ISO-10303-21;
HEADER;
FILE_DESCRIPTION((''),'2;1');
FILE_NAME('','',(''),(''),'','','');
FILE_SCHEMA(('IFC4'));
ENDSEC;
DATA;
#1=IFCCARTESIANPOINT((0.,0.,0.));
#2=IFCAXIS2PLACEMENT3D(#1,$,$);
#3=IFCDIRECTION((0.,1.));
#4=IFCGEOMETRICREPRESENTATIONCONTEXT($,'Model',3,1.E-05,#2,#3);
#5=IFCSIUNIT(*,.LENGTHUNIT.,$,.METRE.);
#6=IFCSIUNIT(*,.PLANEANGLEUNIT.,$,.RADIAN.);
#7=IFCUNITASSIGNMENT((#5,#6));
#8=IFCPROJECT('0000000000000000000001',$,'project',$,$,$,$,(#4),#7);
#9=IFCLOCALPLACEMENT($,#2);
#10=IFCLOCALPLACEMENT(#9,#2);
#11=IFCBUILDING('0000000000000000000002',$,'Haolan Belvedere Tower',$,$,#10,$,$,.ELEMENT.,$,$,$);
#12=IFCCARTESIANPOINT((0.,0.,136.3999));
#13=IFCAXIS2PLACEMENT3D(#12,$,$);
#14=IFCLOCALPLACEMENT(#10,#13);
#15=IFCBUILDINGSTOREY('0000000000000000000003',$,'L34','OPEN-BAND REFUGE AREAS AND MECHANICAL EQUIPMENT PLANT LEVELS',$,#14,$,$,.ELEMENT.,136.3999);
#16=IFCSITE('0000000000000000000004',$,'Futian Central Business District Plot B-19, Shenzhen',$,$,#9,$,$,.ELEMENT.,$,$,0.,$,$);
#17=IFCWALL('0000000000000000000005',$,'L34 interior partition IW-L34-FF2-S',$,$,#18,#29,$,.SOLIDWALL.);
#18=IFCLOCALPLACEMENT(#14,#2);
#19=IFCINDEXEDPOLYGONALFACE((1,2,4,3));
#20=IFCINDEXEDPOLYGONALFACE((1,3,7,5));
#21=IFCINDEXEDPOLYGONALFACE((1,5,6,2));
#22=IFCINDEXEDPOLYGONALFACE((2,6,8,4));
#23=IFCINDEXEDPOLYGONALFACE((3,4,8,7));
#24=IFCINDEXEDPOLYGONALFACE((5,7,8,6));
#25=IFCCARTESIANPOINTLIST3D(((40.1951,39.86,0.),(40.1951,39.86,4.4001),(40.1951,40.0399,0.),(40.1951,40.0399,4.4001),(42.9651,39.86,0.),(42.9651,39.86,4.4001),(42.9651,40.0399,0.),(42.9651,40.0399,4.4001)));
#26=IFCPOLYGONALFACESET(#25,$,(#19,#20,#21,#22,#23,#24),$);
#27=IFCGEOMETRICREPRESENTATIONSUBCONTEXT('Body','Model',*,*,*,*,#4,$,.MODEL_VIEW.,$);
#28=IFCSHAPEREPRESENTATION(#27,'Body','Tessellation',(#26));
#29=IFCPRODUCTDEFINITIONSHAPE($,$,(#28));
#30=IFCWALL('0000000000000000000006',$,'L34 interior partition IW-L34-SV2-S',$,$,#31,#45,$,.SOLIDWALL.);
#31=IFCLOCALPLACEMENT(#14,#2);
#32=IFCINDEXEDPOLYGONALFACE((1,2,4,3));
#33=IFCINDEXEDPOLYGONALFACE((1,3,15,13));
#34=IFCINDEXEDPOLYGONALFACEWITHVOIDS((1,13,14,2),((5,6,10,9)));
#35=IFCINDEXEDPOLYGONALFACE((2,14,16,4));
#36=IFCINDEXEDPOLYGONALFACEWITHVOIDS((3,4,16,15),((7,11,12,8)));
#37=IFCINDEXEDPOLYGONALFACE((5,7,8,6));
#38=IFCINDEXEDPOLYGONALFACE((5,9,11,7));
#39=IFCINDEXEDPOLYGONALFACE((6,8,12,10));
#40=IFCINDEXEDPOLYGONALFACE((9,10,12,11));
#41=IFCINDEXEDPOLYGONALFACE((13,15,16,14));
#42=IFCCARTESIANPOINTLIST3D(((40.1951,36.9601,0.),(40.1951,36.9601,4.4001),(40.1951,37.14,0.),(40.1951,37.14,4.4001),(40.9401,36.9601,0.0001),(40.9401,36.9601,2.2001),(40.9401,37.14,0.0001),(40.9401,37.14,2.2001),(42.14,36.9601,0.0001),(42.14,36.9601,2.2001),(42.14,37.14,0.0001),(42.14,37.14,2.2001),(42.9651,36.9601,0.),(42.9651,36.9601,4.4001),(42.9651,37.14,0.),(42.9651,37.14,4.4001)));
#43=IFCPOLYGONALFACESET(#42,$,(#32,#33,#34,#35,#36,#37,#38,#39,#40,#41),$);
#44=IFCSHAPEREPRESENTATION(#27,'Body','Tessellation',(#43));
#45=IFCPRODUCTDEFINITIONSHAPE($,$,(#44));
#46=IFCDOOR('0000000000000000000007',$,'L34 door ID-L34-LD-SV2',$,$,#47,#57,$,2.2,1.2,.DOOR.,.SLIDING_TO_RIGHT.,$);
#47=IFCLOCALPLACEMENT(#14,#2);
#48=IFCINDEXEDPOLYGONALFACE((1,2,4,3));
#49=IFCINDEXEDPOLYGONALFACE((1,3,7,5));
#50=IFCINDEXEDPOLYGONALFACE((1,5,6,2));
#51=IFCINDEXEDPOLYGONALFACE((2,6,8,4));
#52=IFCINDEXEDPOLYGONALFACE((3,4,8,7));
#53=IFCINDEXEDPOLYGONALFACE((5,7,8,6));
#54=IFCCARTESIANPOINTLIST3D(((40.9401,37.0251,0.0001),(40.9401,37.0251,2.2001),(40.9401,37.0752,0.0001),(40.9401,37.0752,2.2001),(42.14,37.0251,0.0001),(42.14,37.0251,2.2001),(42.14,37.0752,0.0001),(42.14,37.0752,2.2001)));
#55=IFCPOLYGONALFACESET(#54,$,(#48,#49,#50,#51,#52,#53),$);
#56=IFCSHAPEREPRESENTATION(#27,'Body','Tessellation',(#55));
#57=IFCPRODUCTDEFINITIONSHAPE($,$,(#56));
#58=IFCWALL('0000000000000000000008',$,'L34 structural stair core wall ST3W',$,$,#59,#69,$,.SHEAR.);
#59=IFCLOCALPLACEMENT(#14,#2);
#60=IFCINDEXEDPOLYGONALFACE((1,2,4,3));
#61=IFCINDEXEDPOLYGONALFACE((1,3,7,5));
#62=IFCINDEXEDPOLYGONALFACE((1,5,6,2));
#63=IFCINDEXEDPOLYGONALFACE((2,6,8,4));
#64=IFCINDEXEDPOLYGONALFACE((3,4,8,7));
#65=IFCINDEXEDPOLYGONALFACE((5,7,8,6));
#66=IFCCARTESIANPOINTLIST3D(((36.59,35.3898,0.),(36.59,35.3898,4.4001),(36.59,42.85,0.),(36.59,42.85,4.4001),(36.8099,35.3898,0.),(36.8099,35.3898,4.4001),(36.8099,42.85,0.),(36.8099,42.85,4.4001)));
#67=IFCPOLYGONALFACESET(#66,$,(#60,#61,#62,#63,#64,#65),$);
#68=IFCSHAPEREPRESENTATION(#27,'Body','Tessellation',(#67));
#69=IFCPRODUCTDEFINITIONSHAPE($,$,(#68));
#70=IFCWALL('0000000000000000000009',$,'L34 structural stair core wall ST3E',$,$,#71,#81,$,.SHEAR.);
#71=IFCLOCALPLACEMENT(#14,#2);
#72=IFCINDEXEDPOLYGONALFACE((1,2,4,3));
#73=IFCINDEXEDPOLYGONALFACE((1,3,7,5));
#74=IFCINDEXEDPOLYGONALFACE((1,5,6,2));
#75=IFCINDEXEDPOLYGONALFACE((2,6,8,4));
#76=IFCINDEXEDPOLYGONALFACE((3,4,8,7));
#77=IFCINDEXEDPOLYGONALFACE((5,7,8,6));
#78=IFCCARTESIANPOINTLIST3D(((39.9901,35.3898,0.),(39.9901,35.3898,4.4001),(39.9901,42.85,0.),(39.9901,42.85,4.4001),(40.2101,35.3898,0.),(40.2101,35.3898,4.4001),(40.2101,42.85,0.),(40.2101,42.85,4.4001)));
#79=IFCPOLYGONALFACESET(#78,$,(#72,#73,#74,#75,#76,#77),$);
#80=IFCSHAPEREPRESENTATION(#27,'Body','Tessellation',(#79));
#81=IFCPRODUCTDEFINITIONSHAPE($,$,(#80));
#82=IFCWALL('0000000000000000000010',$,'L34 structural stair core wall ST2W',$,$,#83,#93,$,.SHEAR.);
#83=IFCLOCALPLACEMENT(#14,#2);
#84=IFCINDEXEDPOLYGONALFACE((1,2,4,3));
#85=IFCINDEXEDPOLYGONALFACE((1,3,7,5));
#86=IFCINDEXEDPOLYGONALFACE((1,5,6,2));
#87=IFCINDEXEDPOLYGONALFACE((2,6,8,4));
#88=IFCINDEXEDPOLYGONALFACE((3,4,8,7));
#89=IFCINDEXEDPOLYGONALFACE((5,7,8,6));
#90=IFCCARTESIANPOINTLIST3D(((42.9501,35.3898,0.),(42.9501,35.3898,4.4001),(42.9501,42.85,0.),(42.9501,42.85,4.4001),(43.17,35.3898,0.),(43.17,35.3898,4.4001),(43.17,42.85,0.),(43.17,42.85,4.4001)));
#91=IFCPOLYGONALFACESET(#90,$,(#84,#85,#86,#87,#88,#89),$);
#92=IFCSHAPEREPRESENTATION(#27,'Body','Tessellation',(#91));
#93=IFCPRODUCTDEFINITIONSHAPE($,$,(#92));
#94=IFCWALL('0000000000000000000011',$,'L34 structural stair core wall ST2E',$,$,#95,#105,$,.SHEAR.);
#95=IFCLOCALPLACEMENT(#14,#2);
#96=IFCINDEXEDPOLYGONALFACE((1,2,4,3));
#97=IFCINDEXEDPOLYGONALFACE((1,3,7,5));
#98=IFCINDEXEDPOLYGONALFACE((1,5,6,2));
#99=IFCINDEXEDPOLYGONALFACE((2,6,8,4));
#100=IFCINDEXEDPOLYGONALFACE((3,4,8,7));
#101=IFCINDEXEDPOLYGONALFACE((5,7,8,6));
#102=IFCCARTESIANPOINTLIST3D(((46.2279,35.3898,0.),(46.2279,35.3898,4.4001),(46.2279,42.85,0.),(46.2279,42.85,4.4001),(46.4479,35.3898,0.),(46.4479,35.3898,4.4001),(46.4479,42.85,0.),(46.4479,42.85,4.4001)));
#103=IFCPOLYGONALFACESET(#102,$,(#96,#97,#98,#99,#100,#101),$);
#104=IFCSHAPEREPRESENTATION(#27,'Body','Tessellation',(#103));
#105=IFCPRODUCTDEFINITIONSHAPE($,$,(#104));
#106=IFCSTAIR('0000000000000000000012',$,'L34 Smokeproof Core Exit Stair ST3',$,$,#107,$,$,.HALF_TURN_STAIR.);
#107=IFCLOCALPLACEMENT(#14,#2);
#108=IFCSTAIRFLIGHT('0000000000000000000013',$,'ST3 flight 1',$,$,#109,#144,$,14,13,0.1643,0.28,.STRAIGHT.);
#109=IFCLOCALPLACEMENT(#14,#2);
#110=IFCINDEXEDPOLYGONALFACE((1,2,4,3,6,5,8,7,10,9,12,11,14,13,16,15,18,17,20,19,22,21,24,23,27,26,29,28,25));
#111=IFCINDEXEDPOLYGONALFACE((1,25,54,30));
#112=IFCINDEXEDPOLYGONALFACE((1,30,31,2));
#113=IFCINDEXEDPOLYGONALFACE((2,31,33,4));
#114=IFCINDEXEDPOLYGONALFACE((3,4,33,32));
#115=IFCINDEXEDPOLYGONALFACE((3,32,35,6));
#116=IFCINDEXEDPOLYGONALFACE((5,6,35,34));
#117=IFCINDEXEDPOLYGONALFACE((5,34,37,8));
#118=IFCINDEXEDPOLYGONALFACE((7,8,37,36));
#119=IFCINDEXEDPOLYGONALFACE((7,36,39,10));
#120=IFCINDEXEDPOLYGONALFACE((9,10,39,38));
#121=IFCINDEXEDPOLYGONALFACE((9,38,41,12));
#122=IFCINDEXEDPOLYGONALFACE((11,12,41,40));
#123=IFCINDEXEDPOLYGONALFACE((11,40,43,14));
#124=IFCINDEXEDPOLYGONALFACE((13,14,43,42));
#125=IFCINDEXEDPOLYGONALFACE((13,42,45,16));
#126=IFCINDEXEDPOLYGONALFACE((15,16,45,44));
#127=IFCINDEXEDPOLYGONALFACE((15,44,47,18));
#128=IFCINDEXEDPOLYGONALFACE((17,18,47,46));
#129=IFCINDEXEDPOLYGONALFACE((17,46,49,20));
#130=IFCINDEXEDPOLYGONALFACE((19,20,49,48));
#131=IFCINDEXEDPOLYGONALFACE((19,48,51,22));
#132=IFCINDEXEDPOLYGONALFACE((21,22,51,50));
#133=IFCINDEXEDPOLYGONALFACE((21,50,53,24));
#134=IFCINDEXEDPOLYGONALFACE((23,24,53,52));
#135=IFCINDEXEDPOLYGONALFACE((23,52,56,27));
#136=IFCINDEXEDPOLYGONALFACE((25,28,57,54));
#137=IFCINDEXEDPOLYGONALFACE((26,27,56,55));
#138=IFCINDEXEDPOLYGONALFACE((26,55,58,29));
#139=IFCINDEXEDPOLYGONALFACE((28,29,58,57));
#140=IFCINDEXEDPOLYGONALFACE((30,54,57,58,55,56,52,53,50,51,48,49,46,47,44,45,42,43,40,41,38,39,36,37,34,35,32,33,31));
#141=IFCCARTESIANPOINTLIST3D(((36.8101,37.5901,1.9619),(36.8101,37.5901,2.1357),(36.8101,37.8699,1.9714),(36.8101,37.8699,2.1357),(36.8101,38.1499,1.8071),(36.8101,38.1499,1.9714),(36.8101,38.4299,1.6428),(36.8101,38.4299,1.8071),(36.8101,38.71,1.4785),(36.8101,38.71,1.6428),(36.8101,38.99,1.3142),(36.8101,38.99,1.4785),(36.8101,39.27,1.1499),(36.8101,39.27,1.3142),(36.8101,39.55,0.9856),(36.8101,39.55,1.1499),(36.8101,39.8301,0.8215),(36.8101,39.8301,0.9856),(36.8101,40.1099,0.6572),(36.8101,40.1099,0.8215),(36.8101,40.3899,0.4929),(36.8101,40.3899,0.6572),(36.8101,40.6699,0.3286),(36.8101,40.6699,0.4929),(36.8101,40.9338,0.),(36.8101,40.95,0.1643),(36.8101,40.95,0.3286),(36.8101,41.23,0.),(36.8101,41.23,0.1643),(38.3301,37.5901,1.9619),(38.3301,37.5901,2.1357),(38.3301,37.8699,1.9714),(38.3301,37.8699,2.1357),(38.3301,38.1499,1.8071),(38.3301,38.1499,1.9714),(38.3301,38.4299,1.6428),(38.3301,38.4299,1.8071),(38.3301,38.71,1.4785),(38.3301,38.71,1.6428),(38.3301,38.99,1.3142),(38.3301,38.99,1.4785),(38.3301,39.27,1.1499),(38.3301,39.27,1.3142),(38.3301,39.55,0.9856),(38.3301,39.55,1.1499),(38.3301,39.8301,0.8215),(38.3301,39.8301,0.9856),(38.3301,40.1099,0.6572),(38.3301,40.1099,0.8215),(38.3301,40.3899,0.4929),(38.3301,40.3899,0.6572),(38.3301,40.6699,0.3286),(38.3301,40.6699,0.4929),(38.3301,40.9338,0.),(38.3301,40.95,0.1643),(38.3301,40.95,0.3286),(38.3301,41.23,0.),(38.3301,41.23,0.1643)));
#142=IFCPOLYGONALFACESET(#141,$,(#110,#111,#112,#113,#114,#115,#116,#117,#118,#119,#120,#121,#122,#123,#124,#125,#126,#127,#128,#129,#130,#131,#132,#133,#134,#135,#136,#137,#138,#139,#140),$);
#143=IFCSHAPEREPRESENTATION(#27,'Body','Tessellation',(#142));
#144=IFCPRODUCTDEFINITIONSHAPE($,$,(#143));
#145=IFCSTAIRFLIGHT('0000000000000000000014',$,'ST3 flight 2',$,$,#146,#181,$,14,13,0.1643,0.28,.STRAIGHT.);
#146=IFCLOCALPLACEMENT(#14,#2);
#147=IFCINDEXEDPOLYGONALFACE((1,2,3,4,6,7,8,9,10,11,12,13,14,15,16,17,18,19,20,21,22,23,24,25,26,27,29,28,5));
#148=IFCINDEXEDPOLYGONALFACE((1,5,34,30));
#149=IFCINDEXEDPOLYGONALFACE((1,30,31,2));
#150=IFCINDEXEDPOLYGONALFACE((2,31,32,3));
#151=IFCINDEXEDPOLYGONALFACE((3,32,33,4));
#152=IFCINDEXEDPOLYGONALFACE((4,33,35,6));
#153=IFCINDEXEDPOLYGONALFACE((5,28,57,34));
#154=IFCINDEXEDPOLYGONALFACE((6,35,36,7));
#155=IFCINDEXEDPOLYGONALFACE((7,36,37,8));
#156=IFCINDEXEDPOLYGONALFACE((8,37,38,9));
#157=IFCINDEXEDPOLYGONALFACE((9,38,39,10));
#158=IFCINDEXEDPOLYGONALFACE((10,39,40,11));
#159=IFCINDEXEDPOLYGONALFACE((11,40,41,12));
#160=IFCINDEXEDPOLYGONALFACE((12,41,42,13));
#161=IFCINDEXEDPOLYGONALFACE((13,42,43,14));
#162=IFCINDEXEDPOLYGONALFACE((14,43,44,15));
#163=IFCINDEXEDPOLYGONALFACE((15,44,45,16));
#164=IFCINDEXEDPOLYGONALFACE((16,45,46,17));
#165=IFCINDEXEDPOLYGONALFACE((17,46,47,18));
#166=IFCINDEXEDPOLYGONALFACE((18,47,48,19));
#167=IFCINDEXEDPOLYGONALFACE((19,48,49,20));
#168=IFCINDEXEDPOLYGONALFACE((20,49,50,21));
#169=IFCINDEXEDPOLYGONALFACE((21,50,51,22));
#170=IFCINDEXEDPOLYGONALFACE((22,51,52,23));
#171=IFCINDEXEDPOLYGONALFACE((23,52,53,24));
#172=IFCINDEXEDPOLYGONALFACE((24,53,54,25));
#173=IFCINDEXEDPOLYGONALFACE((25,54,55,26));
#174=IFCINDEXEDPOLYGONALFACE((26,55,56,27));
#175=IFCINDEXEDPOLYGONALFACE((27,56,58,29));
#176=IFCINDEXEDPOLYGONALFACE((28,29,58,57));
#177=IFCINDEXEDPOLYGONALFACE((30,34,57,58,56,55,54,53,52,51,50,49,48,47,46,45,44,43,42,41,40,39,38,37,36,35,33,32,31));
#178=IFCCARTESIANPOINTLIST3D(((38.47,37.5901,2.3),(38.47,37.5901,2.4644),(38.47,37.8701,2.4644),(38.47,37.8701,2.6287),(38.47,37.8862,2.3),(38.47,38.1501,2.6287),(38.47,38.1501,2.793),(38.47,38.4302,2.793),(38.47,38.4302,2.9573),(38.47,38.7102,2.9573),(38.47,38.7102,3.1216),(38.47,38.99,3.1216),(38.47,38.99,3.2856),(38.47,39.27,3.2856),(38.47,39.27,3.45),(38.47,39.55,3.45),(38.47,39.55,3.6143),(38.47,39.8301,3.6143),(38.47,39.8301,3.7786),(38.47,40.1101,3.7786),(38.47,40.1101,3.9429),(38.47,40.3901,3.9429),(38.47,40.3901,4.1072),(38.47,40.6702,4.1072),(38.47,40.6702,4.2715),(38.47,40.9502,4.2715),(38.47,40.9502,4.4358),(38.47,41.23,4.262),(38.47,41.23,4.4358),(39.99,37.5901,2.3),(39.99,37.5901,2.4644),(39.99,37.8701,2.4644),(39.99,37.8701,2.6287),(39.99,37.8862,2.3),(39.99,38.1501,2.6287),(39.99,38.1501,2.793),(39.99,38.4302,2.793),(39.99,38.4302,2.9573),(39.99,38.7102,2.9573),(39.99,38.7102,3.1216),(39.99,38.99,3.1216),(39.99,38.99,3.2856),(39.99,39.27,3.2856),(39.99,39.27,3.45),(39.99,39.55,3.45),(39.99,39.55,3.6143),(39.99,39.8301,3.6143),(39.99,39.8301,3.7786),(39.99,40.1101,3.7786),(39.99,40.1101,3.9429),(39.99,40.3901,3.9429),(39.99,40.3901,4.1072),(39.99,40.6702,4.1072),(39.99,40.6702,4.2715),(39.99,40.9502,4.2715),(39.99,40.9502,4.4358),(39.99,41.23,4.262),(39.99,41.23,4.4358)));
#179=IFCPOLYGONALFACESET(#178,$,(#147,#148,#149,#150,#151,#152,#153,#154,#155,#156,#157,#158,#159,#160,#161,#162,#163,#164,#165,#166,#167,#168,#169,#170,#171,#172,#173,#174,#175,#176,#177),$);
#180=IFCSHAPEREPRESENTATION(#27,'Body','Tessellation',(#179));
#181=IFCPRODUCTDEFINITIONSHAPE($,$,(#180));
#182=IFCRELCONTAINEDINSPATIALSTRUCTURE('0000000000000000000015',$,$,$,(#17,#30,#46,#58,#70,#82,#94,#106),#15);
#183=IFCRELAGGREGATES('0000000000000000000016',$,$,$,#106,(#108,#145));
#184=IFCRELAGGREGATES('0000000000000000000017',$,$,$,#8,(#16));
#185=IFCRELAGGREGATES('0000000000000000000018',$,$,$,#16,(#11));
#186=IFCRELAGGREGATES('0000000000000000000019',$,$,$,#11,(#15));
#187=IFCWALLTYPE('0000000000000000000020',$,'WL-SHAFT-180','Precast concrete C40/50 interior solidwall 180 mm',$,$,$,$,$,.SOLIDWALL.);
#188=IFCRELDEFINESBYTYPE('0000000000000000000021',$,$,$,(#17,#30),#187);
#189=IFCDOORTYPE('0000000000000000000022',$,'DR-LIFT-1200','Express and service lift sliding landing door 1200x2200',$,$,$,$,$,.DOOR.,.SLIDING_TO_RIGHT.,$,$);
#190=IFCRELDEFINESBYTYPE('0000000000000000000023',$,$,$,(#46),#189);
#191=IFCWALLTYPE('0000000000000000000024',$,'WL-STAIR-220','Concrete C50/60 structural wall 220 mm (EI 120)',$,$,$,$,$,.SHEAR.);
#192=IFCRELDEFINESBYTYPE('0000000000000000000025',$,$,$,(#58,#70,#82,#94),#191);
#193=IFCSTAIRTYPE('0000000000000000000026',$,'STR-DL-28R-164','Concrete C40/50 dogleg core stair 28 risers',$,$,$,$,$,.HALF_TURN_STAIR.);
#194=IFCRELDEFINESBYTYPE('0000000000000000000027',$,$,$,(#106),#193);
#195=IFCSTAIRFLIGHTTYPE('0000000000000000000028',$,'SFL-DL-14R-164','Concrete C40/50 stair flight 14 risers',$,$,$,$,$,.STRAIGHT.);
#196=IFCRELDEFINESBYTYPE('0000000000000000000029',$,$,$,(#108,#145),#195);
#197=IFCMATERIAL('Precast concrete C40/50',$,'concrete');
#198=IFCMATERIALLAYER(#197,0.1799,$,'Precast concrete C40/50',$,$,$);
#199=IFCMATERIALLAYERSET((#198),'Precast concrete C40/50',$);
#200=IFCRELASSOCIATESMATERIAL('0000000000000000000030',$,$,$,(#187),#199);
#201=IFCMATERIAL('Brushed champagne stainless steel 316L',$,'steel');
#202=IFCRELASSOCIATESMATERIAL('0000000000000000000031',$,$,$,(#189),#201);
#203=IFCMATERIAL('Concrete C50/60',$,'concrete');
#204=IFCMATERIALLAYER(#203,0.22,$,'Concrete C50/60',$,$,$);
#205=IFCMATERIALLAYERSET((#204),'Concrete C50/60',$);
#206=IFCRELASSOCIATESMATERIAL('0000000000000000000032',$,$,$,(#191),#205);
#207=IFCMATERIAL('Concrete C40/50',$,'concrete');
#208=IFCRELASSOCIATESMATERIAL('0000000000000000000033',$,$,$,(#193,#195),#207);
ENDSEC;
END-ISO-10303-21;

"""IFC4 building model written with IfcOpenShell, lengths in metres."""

from ifc_helpers import new_model, si_unit, direction, frame, frame_2d, origin, place, context, subcontext, project, spatial, polyline, rectangle, outline, extrude, material, layer, layer_set, type_object, element, fill, aggregate, save


model = new_model("IFC4")

# Units and contexts
model_context = context("Model", 3, precision=1e-05, world=origin(), true_north=direction((0.0, 1.0)))
body_context = subcontext(model_context, "Body", "Model", "MODEL_VIEW")
ifc_project = project(units=[si_unit("LENGTHUNIT", "METRE"), si_unit("PLANEANGLEUNIT", "RADIAN")], contexts=[model_context])

# Site, building, storey
site_placement = place(None, origin())
site = spatial("IfcSite", under=ifc_project, at=site_placement, Name="Futian Central Business District Plot B-19, Shenzhen", CompositionType="ELEMENT", RefElevation=0.0)
building_placement = place(site_placement, origin())
building = spatial("IfcBuilding", under=site, at=building_placement, Name="Haolan Belvedere Tower", CompositionType="ELEMENT")
storey_placement = place(building_placement, frame((0.0, 0.0, 136.3999)))
storey = spatial("IfcBuildingStorey", under=building, at=storey_placement, Name="L34", Description="OPEN-BAND REFUGE AREAS AND MECHANICAL EQUIPMENT PLANT LEVELS", CompositionType="ELEMENT", Elevation=136.3999)

# Wall
ifc_material_1 = material(Name="Precast concrete C40/50", Category="concrete")
ifc_layer_1 = layer(ifc_material_1, 0.1799, Name="Precast concrete C40/50")
ifc_layer_set_1 = layer_set([ifc_layer_1], Name="Precast concrete C40/50")
wall_type_1 = type_object("IfcWallType", Name="WL-SHAFT-180", Description="Precast concrete C40/50 interior solidwall 180 mm", PredefinedType="SOLIDWALL", material=ifc_layer_set_1)
wall_1_placement = place(storey_placement, frame((40.1951, 39.95, 0.0), z_axis=(0.0, 0.0, 1.0), x_axis=(1.0, 0.0, 0.0)))
element("IfcWall", 1, at=wall_1_placement, inside=storey, type_object=wall_type_1, Name="L34 interior partition IW-L34-FF2-S", PredefinedType="SOLIDWALL", context=body_context, shape_type="SweptSolid", body=[
    extrude(rectangle(XDim=2.77, YDim=0.1799, at=frame_2d((1.385, 0.0))), origin(), (0.0, 0.0, 1.0), 4.4001),
])

# Wall, opening, door
wall_2_placement = place(storey_placement, frame((40.1951, 37.05, 0.0), z_axis=(0.0, 0.0, 1.0), x_axis=(1.0, 0.0, 0.0)))
wall_2 = element("IfcWall", 2, at=wall_2_placement, inside=storey, type_object=wall_type_1, Name="L34 interior partition IW-L34-SV2-S", PredefinedType="SOLIDWALL", context=body_context, shape_type="SweptSolid", body=[
    extrude(rectangle(XDim=2.77, YDim=0.1799, at=frame_2d((1.385, 0.0))), origin(), (0.0, 0.0, 1.0), 4.4001),
])
opening_placement = place(wall_2_placement, frame((1.9451, 0.0, 0.0), z_axis=(0.0, 0.0, 1.0), x_axis=(-1.0, 0.0, 0.0)))
opening = element("IfcOpeningElement", 3, at=opening_placement, cuts=wall_2, PredefinedType="OPENING", context=body_context, shape_type="SweptSolid", body=[
    extrude(rectangle(XDim=1.2, YDim=2.2, at=frame_2d((0.6001, 1.1001))), frame((0.0, 0.0999, 0.0), z_axis=(0.0, -1.0, 0.0), x_axis=(1.0, 0.0, 0.0)), (0.0, 0.0, 1.0), 0.2),
])
ifc_material_2 = material(Name="Brushed champagne stainless steel 316L", Category="steel")
door_type = type_object("IfcDoorType", Name="DR-LIFT-1200", Description="Express and service lift sliding landing door 1200x2200", OperationType="SLIDING_TO_RIGHT", PredefinedType="DOOR", material=ifc_material_2)
door_placement = place(opening_placement, origin())
door = element("IfcDoor", 4, at=door_placement, inside=storey, type_object=door_type, Name="L34 door ID-L34-LD-SV2", OperationType="SLIDING_TO_RIGHT", OverallHeight=2.2, OverallWidth=1.2, PredefinedType="DOOR", context=body_context, shape_type="SweptSolid", body=[
    extrude(rectangle(XDim=1.2, YDim=2.2, at=frame_2d((0.6001, 1.1001))), frame((0.0, 0.0249, 0.0), z_axis=(0.0, -1.0, 0.0), x_axis=(1.0, 0.0, 0.0)), (0.0, 0.0, 1.0), 0.05),
])
fill(opening, door)

# Walls
ifc_material_3 = material(Name="Concrete C50/60", Category="concrete")
ifc_layer_2 = layer(ifc_material_3, 0.22, Name="Concrete C50/60")
ifc_layer_set_2 = layer_set([ifc_layer_2], Name="Concrete C50/60")
wall_type_2 = type_object("IfcWallType", Name="WL-STAIR-220", Description="Concrete C50/60 structural wall 220 mm (EI 120)", PredefinedType="SHEAR", material=ifc_layer_set_2)
for number, where, z_axis, x_axis, name in (
    (5, (36.7, 35.3899, 0.0), (0.0, 0.0, 1.0), (0.0, 1.0, 0.0), "L34 structural stair core wall ST3W"),
    (6, (40.1001, 35.3899, 0.0), (0.0, 0.0, 1.0), (0.0, 1.0, 0.0), "L34 structural stair core wall ST3E"),
    (7, (43.0601, 35.3899, 0.0), (0.0, 0.0, 1.0), (0.0, 1.0, 0.0), "L34 structural stair core wall ST2W"),
    (8, (46.3379, 35.3899, 0.0), (0.0, 0.0, 1.0), (0.0, 1.0, 0.0), "L34 structural stair core wall ST2E"),
):
    element("IfcWall", number, at=place(storey_placement, frame(where, z_axis=z_axis, x_axis=x_axis)), inside=storey, type_object=wall_type_2, Name=name, PredefinedType="SHEAR", context=body_context, shape_type="SweptSolid", body=[
        extrude(rectangle(XDim=7.4602, YDim=0.22, at=frame_2d((3.73, 0.0))), origin(), (0.0, 0.0, 1.0), 4.4001),
    ])

# Stair, stair flights
ifc_material_4 = material(Name="Concrete C40/50", Category="concrete")
stair_type = type_object("IfcStairType", Name="STR-DL-28R-164", Description="Concrete C40/50 dogleg core stair 28 risers", PredefinedType="HALF_TURN_STAIR", material=ifc_material_4)
stair_1_placement = place(storey_placement, origin())
stair_1 = element("IfcStair", 9, at=stair_1_placement, inside=storey, type_object=stair_type, Name="L34 Smokeproof Core Exit Stair ST3", PredefinedType="HALF_TURN_STAIR")
stair_flight_type = type_object("IfcStairFlightType", Name="SFL-DL-14R-164", Description="Concrete C40/50 stair flight 14 risers", PredefinedType="STRAIGHT", material=ifc_material_4)
stair_flight_1_placement = place(storey_placement, frame((37.5701, 41.23, 0.0), z_axis=(0.0, 0.0, 1.0), x_axis=(0.0, -1.0, 0.0)))
stair_flight_1 = element("IfcStairFlight", 10, at=stair_flight_1_placement, type_object=stair_flight_type, Name="ST3 flight 1", NumberOfRisers=14, NumberOfTreads=13, PredefinedType="STRAIGHT", RiserHeight=0.1643, TreadLength=0.28, context=body_context, shape_type="SweptSolid", body=[
    extrude(outline(polyline([(0.0, 0.0), (0.0, 0.1643), (0.28, 0.1643), (0.28, 0.3286), (0.5601, 0.3286), (0.5601, 0.4929), (0.8401, 0.4929), (0.8401, 0.6572), (1.1201, 0.6572), (1.1201, 0.8215), (1.3999, 0.8215), (1.3999, 0.9856), (1.6799, 0.9856), (1.6799, 1.1499), (1.96, 1.1499), (1.96, 1.3142), (2.24, 1.3142), (2.24, 1.4785), (2.52, 1.4785), (2.52, 1.6428), (2.8, 1.6428), (2.8, 1.8071), (3.0801, 1.8071), (3.0801, 1.9714), (3.3601, 1.9714), (3.3601, 2.1357), (3.6399, 2.1357), (3.6399, 2.3), (3.6399, 1.9619), (0.2961, 0.0), (0.0, 0.0)])), frame((0.0, 0.76, 0.0), z_axis=(0.0, -1.0, 0.0), x_axis=(1.0, 0.0, 0.0)), (0.0, 0.0, 1.0), 1.52),
])
stair_flight_2_placement = place(storey_placement, frame((39.23, 37.5901, 2.3), z_axis=(0.0, 0.0, 1.0), x_axis=(0.0, 1.0, 0.0)))
stair_flight_2 = element("IfcStairFlight", 11, at=stair_flight_2_placement, type_object=stair_flight_type, Name="ST3 flight 2", NumberOfRisers=14, NumberOfTreads=13, PredefinedType="STRAIGHT", RiserHeight=0.1643, TreadLength=0.28, context=body_context, shape_type="SweptSolid", body=[
    extrude(outline(polyline([(0.0, 0.0), (0.0, 0.1643), (0.28, 0.1643), (0.28, 0.3286), (0.5601, 0.3286), (0.5601, 0.4929), (0.8401, 0.4929), (0.8401, 0.6572), (1.1201, 0.6572), (1.1201, 0.8215), (1.3999, 0.8215), (1.3999, 0.9856), (1.6799, 0.9856), (1.6799, 1.1499), (1.96, 1.1499), (1.96, 1.3142), (2.24, 1.3142), (2.24, 1.4785), (2.52, 1.4785), (2.52, 1.6428), (2.8, 1.6428), (2.8, 1.8071), (3.0801, 1.8071), (3.0801, 1.9714), (3.3601, 1.9714), (3.3601, 2.1357), (3.6399, 2.1357), (3.6399, 2.3), (3.6399, 1.9619), (0.2961, 0.0), (0.0, 0.0)])), frame((0.0, 0.76, 0.0), z_axis=(0.0, -1.0, 0.0), x_axis=(1.0, 0.0, 0.0)), (0.0, 0.0, 1.0), 1.52),
])
aggregate(stair_1, [stair_flight_1, stair_flight_2])

save(model, "model.ifc")
